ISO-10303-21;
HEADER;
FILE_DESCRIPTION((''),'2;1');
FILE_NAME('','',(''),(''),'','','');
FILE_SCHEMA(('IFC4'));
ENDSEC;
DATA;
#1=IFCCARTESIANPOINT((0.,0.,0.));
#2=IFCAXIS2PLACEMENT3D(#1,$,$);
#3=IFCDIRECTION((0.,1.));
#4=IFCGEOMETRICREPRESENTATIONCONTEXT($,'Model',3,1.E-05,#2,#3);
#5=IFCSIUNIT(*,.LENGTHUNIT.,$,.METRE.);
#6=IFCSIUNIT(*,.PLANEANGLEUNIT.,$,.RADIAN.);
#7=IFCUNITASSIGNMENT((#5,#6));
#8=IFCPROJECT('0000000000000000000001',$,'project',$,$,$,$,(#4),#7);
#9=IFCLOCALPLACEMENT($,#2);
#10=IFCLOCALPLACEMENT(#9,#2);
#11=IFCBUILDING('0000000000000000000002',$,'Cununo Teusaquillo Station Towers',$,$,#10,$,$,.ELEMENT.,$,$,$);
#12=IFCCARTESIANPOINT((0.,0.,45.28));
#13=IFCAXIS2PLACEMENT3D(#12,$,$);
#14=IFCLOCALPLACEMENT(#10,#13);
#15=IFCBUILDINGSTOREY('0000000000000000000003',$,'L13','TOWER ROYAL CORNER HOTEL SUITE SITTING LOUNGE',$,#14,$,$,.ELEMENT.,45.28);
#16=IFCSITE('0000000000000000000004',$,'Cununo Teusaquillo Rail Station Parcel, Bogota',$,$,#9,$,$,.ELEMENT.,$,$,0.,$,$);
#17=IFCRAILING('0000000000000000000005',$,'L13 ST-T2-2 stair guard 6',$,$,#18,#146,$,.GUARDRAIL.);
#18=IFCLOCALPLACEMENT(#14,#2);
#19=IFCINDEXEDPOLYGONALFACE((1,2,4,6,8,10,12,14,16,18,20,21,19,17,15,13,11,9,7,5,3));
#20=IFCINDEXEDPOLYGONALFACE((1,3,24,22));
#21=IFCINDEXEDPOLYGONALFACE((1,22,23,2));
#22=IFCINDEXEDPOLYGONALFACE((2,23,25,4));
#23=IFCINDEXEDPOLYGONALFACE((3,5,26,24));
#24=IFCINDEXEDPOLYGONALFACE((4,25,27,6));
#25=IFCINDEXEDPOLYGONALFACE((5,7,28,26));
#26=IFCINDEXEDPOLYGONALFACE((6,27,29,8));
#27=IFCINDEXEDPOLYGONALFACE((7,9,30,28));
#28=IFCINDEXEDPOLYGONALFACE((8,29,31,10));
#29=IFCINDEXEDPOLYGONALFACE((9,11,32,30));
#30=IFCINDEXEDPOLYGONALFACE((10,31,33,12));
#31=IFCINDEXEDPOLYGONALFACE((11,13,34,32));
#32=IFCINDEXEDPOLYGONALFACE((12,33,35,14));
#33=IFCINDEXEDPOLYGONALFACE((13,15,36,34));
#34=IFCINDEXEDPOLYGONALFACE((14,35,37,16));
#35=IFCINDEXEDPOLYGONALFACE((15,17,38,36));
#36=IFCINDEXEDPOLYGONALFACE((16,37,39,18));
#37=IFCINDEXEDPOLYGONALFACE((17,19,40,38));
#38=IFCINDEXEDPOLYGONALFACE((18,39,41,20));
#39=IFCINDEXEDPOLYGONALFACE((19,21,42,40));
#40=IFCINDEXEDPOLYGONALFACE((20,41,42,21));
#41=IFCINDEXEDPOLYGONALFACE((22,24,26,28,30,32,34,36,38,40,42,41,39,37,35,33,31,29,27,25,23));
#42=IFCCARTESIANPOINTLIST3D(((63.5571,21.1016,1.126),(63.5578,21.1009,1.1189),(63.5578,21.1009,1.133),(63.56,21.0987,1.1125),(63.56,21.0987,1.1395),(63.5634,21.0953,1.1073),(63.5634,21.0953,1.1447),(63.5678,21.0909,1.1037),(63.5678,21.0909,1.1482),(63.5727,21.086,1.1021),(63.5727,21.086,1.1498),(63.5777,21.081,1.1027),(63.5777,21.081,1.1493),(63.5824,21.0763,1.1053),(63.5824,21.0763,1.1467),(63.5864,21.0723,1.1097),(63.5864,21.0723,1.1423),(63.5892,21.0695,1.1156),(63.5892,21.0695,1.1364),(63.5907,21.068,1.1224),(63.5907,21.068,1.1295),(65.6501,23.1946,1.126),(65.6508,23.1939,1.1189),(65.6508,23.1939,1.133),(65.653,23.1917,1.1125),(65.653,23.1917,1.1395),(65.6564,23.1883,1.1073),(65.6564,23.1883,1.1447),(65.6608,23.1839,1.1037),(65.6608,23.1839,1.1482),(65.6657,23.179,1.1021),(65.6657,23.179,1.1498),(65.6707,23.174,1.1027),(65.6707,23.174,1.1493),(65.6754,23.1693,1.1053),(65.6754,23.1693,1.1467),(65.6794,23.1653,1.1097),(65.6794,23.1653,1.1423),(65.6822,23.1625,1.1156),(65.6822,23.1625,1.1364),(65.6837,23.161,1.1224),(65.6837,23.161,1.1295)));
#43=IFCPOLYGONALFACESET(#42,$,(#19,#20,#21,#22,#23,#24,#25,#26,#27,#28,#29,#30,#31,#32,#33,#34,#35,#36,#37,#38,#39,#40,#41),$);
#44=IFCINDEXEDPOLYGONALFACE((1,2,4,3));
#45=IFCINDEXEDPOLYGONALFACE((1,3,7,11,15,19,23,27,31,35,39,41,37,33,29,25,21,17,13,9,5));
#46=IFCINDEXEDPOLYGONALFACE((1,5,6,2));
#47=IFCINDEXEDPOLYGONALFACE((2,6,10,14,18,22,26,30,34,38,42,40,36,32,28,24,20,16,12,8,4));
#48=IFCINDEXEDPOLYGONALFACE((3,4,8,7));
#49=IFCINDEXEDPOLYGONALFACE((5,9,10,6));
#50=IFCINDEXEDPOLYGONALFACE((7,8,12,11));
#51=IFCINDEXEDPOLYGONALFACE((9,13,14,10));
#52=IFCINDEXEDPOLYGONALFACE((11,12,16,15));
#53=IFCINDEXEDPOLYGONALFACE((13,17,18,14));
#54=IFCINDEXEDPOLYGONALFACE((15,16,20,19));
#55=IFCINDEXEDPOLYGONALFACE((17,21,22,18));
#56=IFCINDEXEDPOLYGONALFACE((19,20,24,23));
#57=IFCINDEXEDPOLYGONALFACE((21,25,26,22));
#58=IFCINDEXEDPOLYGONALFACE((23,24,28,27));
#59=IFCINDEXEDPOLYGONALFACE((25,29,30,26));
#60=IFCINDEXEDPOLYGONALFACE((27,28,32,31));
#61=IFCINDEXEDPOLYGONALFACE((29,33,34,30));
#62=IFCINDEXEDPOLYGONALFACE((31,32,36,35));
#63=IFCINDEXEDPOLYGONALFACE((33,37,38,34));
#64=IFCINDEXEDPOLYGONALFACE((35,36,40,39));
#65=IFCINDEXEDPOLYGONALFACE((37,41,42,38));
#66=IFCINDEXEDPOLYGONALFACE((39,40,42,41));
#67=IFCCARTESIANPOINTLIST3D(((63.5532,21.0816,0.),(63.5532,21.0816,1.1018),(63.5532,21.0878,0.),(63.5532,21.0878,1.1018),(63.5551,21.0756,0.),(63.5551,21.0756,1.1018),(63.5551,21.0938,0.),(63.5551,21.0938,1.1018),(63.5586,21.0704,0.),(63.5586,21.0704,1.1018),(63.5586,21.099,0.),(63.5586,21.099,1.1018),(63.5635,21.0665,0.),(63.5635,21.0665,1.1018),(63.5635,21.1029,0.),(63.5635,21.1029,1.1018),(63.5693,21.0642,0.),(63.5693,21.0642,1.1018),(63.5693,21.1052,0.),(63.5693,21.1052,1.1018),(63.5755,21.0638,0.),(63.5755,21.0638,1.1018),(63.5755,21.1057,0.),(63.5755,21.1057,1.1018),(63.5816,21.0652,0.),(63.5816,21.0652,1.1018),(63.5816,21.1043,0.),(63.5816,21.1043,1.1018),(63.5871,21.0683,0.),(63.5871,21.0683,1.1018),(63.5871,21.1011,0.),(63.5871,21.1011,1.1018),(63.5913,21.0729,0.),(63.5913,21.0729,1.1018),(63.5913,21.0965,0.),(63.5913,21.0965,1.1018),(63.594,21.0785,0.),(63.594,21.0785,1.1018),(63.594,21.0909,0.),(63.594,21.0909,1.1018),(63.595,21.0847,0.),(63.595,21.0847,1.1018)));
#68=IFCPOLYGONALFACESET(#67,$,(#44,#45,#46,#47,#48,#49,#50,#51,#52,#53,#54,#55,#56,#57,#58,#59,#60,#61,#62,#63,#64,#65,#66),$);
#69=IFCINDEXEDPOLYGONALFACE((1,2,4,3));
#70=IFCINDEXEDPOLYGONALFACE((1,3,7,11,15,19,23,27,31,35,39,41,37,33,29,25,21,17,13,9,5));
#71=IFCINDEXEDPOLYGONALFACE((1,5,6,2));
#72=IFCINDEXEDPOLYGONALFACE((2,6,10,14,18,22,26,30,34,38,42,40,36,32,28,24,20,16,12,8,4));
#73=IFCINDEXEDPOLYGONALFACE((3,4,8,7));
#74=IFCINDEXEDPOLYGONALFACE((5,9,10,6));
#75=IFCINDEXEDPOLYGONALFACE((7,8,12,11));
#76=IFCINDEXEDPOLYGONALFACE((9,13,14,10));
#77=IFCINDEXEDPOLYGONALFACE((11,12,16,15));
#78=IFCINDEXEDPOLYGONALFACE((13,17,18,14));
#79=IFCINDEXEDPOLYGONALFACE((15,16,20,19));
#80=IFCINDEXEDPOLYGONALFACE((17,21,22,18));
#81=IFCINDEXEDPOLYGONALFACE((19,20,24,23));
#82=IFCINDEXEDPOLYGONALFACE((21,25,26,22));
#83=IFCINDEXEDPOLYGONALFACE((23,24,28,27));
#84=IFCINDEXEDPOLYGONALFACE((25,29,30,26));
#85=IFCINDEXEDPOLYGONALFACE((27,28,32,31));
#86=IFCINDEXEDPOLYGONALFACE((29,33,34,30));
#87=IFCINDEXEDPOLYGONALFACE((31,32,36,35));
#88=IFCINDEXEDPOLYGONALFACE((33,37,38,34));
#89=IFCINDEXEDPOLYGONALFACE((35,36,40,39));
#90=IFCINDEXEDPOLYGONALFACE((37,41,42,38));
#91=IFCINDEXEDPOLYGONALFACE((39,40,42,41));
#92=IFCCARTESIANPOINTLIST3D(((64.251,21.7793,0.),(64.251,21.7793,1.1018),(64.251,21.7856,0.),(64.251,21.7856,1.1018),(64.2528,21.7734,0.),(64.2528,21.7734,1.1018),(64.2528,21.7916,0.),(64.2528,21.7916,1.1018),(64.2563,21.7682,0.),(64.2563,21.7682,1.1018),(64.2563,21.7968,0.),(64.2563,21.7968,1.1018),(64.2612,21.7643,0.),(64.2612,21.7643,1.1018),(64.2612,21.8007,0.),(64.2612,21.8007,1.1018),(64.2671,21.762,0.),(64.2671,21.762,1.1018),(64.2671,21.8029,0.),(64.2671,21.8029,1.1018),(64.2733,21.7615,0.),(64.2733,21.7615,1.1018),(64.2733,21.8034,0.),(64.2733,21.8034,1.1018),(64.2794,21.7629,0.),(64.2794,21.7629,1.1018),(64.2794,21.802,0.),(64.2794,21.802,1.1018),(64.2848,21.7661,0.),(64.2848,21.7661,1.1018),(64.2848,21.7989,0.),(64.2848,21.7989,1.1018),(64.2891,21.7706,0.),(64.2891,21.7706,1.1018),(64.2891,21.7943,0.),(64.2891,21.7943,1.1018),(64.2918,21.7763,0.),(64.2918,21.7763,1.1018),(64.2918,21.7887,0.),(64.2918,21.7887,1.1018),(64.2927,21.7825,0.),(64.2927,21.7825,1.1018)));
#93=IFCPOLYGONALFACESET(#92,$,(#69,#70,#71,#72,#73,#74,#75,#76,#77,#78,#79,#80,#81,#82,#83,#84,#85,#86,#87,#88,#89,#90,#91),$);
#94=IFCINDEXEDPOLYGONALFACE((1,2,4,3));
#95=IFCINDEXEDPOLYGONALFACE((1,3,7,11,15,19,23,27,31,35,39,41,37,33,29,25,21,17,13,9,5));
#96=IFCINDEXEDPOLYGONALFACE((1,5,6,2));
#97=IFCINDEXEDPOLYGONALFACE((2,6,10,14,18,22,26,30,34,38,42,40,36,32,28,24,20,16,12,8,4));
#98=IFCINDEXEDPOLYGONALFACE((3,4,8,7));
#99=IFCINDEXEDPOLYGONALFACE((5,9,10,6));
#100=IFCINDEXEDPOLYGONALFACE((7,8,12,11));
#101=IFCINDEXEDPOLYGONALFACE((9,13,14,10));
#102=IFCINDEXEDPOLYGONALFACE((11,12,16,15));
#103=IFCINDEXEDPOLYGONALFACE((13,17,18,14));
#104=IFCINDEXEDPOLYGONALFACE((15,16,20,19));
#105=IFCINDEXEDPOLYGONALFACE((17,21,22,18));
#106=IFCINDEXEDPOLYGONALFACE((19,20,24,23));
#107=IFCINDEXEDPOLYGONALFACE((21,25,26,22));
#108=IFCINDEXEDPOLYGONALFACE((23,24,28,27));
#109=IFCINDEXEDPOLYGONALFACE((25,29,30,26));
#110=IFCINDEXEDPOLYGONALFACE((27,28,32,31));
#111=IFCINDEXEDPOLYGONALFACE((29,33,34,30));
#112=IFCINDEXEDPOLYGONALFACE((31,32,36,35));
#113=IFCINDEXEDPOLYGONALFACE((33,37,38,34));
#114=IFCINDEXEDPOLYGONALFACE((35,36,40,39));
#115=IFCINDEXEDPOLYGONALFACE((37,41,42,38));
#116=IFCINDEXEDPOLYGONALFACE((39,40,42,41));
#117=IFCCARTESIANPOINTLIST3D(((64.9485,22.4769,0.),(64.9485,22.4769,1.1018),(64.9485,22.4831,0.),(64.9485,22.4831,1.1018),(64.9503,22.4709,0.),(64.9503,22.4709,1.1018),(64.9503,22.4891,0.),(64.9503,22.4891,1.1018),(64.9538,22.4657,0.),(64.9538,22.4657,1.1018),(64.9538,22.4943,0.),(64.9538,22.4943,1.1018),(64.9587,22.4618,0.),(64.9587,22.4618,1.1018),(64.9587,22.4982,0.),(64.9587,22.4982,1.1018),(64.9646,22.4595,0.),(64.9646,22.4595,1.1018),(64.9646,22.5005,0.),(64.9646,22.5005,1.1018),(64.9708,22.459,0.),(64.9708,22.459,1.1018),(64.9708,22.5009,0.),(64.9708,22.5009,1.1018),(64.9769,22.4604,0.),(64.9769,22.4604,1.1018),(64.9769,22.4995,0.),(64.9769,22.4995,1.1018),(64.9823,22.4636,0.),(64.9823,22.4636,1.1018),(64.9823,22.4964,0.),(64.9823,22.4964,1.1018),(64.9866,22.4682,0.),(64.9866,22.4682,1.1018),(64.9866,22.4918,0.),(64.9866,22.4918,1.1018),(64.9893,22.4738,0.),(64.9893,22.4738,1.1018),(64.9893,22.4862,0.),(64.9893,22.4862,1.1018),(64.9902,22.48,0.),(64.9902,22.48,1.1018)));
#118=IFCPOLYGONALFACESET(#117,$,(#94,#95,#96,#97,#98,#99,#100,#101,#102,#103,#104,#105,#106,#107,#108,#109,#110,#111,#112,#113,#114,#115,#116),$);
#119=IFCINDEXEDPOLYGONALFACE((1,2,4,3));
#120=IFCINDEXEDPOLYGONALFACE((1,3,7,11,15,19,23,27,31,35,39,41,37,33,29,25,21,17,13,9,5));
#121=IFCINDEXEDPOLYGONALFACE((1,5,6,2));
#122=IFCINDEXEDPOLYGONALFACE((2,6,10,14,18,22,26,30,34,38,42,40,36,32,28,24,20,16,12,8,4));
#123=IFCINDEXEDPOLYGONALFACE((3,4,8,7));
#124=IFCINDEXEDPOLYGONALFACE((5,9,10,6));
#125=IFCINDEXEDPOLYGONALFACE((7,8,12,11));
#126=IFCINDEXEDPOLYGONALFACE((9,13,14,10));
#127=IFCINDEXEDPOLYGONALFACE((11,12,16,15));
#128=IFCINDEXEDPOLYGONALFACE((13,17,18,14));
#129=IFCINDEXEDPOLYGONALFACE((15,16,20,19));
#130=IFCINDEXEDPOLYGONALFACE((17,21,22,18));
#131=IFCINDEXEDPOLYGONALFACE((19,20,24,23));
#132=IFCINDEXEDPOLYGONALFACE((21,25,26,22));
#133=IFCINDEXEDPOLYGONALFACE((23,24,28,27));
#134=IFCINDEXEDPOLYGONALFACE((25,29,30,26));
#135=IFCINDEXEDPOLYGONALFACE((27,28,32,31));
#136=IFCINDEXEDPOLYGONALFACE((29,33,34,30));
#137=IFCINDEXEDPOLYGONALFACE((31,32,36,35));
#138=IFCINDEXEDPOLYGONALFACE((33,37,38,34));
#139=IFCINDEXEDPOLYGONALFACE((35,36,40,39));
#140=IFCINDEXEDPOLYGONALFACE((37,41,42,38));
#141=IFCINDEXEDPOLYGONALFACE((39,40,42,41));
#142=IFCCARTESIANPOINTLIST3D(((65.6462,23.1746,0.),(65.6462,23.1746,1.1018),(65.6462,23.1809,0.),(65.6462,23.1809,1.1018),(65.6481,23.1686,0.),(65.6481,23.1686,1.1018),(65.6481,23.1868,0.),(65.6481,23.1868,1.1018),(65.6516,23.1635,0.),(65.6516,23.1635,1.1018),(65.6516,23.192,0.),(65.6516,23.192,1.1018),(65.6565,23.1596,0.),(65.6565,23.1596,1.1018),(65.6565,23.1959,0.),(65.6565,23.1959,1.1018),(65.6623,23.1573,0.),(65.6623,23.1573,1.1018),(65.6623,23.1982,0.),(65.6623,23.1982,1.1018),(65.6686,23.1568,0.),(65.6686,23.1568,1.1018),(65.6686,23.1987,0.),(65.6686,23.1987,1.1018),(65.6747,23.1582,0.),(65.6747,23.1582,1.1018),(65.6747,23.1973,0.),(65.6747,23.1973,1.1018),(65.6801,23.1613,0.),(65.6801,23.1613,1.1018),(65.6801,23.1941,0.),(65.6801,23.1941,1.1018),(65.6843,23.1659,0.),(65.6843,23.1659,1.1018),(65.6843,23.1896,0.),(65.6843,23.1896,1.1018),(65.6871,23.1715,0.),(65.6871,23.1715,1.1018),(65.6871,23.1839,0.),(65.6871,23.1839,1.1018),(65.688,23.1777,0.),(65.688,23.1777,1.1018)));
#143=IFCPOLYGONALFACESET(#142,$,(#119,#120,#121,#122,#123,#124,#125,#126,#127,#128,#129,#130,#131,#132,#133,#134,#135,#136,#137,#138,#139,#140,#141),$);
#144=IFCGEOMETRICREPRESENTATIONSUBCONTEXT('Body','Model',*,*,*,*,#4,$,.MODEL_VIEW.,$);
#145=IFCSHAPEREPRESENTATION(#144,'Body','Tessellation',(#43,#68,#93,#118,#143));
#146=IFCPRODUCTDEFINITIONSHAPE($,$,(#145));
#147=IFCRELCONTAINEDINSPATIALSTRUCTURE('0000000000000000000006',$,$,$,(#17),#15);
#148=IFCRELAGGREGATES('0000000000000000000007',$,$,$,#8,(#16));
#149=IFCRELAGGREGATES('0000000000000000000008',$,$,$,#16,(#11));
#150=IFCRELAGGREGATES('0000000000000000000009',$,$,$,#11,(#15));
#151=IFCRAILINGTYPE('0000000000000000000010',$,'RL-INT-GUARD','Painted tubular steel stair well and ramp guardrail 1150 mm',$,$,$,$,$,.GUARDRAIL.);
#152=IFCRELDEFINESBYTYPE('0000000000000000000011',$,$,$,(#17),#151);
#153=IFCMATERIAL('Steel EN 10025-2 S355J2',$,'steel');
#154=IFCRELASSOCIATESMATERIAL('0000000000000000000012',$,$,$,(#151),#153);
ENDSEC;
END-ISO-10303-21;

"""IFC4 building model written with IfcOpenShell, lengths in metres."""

from ifc_helpers import new_model, si_unit, direction, frame, origin, origin_2d, place, context, subcontext, project, spatial, circle, extrude, material, type_object, element, save


model = new_model("IFC4")

# Units and contexts
model_context = context("Model", 3, precision=1e-05, world=origin(), true_north=direction((0.0, 1.0)))
body_context = subcontext(model_context, "Body", "Model", "MODEL_VIEW")
ifc_project = project(units=[si_unit("LENGTHUNIT", "METRE"), si_unit("PLANEANGLEUNIT", "RADIAN")], contexts=[model_context])

# Site, building, storey
site_placement = place(None, origin())
site = spatial("IfcSite", under=ifc_project, at=site_placement, Name="Cununo Teusaquillo Rail Station Parcel, Bogota", CompositionType="ELEMENT", RefElevation=0.0)
building_placement = place(site_placement, origin())
building = spatial("IfcBuilding", under=site, at=building_placement, Name="Cununo Teusaquillo Station Towers", CompositionType="ELEMENT")
storey_placement = place(building_placement, frame((0.0, 0.0, 45.28)))
storey = spatial("IfcBuildingStorey", under=building, at=storey_placement, Name="L13", Description="TOWER ROYAL CORNER HOTEL SUITE SITTING LOUNGE", CompositionType="ELEMENT", Elevation=45.28)

# Railing
ifc_material_1 = material(Name="Steel EN 10025-2 S355J2", Category="steel")
railing_type = type_object("IfcRailingType", Name="RL-INT-GUARD", Description="Painted tubular steel stair well and ramp guardrail 1150 mm", PredefinedType="GUARDRAIL", material=ifc_material_1)
railing_1_placement = place(storey_placement, frame((63.574, 21.0847, 0.0)))
element("IfcRailing", 1, at=railing_1_placement, inside=storey, type_object=railing_type, Name="L13 ST-T2-2 stair guard 6", PredefinedType="GUARDRAIL", context=body_context, shape_type="SweptSolid", body=[
    extrude(circle(Radius=0.0239, at=origin_2d()), frame((0.0, 0.0, 1.126), z_axis=(0.707107, 0.707107, 0.0), x_axis=(-0.707107, 0.707107, 0.0)), (0.0, 0.0, 1.0), 2.96),
    extrude(circle(Radius=0.021, at=origin_2d()), origin(), (0.0, 0.0, 1.0), 1.1018),
    extrude(circle(Radius=0.021, at=origin_2d()), frame((0.6978, 0.6978, 0.0)), (0.0, 0.0, 1.0), 1.1018),
    extrude(circle(Radius=0.021, at=origin_2d()), frame((1.3953, 1.3953, 0.0)), (0.0, 0.0, 1.0), 1.1018),
    extrude(circle(Radius=0.021, at=origin_2d()), frame((2.093, 2.093, 0.0)), (0.0, 0.0, 1.0), 1.1018),
])

save(model, "model.ifc")
